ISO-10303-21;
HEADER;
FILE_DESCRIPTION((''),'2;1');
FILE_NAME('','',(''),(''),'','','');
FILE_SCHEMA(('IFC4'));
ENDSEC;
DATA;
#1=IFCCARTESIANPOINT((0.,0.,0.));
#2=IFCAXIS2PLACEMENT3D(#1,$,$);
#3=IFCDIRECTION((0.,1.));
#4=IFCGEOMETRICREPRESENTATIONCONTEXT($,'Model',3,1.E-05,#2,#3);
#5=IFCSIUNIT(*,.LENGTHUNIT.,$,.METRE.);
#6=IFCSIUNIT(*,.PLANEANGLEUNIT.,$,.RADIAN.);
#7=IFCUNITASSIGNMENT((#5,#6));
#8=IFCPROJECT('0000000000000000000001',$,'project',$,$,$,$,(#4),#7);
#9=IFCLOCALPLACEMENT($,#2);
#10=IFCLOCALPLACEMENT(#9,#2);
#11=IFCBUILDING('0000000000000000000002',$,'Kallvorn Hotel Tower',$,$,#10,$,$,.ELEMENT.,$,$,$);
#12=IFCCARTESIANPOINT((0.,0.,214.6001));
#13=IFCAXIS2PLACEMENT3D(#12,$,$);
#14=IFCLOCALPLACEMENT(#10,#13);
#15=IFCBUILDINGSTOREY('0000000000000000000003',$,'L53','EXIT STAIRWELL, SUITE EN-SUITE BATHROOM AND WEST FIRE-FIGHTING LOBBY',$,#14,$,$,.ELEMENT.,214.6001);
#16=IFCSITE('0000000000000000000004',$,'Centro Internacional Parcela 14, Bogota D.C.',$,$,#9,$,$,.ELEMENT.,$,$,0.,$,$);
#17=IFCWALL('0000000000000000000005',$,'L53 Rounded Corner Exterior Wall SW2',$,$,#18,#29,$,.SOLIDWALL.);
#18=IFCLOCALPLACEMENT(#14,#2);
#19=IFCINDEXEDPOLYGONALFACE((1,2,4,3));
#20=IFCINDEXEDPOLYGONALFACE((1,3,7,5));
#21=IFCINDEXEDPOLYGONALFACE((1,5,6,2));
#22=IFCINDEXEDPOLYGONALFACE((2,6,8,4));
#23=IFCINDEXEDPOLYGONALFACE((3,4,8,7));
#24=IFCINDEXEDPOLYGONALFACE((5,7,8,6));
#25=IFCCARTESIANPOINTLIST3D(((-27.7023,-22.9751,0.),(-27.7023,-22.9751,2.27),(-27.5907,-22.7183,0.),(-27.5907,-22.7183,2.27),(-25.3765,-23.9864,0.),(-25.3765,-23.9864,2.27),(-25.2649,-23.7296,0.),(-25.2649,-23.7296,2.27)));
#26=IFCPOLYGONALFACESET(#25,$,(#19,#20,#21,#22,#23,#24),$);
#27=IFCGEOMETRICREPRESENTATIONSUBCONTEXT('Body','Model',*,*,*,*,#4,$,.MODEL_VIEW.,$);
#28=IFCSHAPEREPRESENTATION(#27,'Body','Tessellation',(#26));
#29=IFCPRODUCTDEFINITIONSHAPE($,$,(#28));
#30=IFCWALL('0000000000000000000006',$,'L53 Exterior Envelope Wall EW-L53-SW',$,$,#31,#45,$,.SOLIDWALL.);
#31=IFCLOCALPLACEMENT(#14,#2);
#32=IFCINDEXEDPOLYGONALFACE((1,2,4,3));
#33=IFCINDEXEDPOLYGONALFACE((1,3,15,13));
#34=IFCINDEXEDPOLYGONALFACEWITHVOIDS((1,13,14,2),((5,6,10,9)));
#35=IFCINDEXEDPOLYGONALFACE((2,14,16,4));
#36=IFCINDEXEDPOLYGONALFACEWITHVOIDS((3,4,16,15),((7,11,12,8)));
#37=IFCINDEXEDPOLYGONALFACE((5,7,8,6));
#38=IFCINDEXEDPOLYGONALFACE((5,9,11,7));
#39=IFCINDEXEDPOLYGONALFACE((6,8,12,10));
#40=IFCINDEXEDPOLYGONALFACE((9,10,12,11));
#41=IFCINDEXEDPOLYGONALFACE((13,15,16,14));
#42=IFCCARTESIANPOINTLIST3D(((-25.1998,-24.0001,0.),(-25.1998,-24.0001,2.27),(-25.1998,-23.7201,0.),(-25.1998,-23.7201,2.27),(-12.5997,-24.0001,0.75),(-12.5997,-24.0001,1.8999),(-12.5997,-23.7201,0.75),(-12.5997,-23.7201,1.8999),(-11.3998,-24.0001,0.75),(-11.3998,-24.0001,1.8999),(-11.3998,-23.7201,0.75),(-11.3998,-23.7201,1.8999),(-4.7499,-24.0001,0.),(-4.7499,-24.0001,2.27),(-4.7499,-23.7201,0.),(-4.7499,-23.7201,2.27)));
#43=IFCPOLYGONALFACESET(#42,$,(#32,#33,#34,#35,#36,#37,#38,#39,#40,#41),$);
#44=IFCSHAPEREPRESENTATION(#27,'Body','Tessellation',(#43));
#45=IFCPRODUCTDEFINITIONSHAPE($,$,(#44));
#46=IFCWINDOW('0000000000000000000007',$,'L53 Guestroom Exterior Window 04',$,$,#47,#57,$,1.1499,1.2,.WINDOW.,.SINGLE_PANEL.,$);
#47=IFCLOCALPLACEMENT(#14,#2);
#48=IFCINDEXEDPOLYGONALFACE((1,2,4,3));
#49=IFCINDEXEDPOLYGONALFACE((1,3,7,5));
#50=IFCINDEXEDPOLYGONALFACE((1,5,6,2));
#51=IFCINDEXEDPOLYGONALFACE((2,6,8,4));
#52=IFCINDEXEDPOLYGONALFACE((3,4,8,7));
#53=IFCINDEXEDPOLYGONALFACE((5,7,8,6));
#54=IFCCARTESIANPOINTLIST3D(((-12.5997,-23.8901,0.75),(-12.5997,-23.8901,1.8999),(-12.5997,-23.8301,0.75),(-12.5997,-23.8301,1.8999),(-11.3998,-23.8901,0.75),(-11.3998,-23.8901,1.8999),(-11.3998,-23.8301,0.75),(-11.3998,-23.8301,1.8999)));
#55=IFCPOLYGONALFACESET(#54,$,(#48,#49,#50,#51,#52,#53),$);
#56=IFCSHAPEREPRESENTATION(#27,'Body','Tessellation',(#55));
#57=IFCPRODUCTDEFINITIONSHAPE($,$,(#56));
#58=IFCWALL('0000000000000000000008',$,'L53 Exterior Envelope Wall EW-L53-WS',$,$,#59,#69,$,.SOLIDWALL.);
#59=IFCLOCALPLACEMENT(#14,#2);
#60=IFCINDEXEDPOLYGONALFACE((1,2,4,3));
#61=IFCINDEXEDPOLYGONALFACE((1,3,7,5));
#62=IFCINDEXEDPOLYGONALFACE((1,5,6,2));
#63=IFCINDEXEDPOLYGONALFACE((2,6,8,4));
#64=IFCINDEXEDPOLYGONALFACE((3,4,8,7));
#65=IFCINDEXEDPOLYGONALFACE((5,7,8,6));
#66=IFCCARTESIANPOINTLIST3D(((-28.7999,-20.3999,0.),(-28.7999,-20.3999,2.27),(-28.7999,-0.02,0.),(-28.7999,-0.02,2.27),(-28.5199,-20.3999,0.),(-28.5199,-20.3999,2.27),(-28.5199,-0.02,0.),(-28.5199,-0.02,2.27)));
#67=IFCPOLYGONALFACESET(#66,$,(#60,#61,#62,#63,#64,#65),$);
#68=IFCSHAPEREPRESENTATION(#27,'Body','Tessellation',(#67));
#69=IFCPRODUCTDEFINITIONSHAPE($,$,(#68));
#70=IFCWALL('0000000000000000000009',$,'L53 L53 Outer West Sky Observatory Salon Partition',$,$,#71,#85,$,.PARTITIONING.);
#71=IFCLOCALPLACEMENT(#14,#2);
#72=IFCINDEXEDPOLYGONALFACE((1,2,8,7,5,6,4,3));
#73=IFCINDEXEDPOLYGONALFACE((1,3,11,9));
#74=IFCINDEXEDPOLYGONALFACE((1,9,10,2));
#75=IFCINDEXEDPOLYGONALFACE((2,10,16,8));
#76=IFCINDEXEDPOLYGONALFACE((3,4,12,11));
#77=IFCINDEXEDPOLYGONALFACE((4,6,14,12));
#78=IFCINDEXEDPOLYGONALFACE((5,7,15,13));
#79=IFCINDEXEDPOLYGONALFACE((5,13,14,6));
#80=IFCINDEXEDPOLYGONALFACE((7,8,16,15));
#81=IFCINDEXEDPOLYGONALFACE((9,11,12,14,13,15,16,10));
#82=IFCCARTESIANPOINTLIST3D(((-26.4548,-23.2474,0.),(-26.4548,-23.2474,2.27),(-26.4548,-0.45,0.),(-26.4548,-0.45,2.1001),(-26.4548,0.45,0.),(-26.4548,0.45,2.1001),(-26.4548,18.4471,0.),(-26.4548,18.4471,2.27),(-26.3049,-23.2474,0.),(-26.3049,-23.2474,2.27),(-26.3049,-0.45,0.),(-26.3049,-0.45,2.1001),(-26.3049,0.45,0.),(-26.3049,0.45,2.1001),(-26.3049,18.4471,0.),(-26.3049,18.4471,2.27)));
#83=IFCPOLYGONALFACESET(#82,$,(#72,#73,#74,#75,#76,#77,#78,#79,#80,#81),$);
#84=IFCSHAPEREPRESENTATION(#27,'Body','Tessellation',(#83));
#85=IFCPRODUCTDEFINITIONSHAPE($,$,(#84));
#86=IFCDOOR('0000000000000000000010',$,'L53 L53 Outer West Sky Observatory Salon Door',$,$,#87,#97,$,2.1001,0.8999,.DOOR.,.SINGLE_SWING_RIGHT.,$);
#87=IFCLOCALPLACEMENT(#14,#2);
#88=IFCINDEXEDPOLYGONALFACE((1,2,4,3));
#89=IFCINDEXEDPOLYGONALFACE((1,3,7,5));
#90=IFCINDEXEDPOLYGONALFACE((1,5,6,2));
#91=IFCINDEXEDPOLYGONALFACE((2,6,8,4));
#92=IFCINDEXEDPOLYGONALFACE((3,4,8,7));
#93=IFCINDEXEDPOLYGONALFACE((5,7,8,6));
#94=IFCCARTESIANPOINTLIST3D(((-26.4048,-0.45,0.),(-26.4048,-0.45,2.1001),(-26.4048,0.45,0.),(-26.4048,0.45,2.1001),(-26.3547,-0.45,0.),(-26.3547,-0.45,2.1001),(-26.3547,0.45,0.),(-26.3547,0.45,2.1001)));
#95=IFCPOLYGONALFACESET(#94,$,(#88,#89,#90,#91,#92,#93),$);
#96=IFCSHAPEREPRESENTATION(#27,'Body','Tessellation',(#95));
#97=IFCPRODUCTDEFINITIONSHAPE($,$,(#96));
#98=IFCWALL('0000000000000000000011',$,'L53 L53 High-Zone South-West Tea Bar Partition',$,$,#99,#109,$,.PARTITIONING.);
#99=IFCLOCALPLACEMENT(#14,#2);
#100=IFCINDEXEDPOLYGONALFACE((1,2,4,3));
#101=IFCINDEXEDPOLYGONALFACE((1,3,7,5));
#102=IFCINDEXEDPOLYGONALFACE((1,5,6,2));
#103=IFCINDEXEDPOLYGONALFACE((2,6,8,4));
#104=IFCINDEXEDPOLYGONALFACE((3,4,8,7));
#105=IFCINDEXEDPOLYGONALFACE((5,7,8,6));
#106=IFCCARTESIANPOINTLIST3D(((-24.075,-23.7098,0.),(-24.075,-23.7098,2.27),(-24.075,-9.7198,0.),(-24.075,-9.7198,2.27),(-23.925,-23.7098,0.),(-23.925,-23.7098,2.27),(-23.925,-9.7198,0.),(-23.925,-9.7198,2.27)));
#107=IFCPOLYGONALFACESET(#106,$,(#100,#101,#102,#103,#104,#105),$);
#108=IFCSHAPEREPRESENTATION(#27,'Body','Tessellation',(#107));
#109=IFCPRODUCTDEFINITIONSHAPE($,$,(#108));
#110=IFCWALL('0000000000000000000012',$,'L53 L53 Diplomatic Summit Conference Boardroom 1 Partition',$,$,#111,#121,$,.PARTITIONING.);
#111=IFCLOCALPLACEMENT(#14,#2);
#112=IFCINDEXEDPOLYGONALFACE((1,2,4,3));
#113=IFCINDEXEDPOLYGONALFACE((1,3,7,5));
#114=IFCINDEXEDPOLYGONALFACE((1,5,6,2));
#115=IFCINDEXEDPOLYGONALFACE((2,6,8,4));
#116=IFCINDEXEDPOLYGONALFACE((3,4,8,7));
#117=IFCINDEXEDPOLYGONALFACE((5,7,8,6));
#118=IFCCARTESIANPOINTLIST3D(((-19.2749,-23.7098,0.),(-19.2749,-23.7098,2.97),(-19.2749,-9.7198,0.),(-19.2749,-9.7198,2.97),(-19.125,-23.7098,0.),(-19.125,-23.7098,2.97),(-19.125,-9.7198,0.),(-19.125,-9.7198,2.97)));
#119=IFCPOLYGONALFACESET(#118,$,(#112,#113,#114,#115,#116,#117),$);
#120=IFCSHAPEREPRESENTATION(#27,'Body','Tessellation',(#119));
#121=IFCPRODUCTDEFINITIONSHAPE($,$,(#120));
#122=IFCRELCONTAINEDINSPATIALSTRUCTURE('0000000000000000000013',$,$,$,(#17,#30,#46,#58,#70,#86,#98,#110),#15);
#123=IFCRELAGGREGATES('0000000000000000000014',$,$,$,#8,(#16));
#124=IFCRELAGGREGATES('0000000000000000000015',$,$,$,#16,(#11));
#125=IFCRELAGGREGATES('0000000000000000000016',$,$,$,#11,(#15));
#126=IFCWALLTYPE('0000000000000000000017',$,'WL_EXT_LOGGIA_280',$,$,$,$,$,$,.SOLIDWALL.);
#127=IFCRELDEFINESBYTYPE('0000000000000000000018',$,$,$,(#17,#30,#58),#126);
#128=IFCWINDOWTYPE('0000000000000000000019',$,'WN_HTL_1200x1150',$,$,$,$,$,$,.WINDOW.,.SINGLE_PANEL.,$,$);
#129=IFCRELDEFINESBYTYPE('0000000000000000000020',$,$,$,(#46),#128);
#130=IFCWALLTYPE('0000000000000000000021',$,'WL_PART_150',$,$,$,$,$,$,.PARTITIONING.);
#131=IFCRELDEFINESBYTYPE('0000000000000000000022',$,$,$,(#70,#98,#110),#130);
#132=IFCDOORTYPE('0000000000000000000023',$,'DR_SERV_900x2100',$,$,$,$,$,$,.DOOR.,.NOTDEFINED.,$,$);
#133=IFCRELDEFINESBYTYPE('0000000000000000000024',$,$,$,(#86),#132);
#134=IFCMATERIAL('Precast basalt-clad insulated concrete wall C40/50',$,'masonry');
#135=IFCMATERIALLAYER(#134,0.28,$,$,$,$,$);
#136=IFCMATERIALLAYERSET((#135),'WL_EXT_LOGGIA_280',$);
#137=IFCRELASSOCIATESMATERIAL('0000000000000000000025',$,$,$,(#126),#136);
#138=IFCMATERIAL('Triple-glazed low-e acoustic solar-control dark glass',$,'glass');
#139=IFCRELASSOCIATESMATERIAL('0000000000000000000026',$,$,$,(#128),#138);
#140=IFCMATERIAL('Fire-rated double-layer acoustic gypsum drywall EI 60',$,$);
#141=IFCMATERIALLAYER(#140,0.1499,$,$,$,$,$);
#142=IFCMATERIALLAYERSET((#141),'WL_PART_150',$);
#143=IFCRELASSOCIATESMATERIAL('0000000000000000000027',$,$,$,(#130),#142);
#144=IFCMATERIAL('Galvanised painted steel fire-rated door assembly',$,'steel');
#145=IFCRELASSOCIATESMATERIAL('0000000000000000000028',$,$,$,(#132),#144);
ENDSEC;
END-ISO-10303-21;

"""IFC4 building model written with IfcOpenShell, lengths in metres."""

from ifc_helpers import new_model, si_unit, direction, frame, frame_2d, origin, place, context, subcontext, project, spatial, rectangle, extrude, material, layer, layer_set, type_object, element, fill, save


model = new_model("IFC4")

# Units and contexts
model_context = context("Model", 3, precision=1e-05, world=origin(), true_north=direction((0.0, 1.0)))
body_context = subcontext(model_context, "Body", "Model", "MODEL_VIEW")
ifc_project = project(units=[si_unit("LENGTHUNIT", "METRE"), si_unit("PLANEANGLEUNIT", "RADIAN")], contexts=[model_context])

# Site, building, storey
site_placement = place(None, origin())
site = spatial("IfcSite", under=ifc_project, at=site_placement, Name="Centro Internacional Parcela 14, Bogota D.C.", CompositionType="ELEMENT", RefElevation=0.0)
building_placement = place(site_placement, origin())
building = spatial("IfcBuilding", under=site, at=building_placement, Name="Kallvorn Hotel Tower", CompositionType="ELEMENT")
storey_placement = place(building_placement, frame((0.0, 0.0, 214.6001)))
storey = spatial("IfcBuildingStorey", under=building, at=storey_placement, Name="L53", Description="EXIT STAIRWELL, SUITE EN-SUITE BATHROOM AND WEST FIRE-FIGHTING LOBBY", CompositionType="ELEMENT", Elevation=214.6001)

# Wall
ifc_material_1 = material(Name="Precast basalt-clad insulated concrete wall C40/50", Category="masonry")
ifc_layer_1 = layer(ifc_material_1, 0.28)
ifc_layer_set_1 = layer_set([ifc_layer_1], Name="WL_EXT_LOGGIA_280")
wall_type_1 = type_object("IfcWallType", Name="WL_EXT_LOGGIA_280", PredefinedType="SOLIDWALL", material=ifc_layer_set_1)
wall_1_placement = place(storey_placement, frame((-27.6465, -22.8467, 0.0), z_axis=(0.0, 0.0, 1.0), x_axis=(0.917061, -0.398747, 0.0)))
element("IfcWall", 1, at=wall_1_placement, inside=storey, type_object=wall_type_1, Name="L53 Rounded Corner Exterior Wall SW2", PredefinedType="SOLIDWALL", context=body_context, shape_type="SweptSolid", body=[
    extrude(rectangle(XDim=2.5361, YDim=0.28, at=frame_2d((1.2681, 0.0))), origin(), (0.0, 0.0, 1.0), 2.27),
])

# Wall, opening, window
wall_2_placement = place(storey_placement, frame((-25.2, -23.8601, 0.0), z_axis=(0.0, 0.0, 1.0), x_axis=(1.0, 0.0, 0.0)))
wall_2 = element("IfcWall", 2, at=wall_2_placement, inside=storey, type_object=wall_type_1, Name="L53 Exterior Envelope Wall EW-L53-SW", PredefinedType="SOLIDWALL", context=body_context, shape_type="SweptSolid", body=[
    extrude(rectangle(XDim=20.45, YDim=0.28, at=frame_2d((10.2251, 0.0))), origin(), (0.0, 0.0, 1.0), 2.27),
])
opening_1_placement = place(wall_2_placement, frame((12.6001, 0.0, 0.75)))
opening_1 = element("IfcOpeningElement", 3, at=opening_1_placement, cuts=wall_2, PredefinedType="OPENING", context=body_context, shape_type="SweptSolid", body=[
    extrude(rectangle(XDim=1.2, YDim=1.1499, at=frame_2d((0.6001, 0.575))), frame((0.0, 0.155, 0.0), z_axis=(0.0, -1.0, 0.0), x_axis=(1.0, 0.0, 0.0)), (0.0, 0.0, 1.0), 0.3101),
])
ifc_material_2 = material(Name="Triple-glazed low-e acoustic solar-control dark glass", Category="glass")
window_type = type_object("IfcWindowType", Name="WN_HTL_1200x1150", PartitioningType="SINGLE_PANEL", PredefinedType="WINDOW", material=ifc_material_2)
window_placement = place(opening_1_placement, origin())
window = element("IfcWindow", 4, at=window_placement, inside=storey, type_object=window_type, Name="L53 Guestroom Exterior Window 04", OverallHeight=1.1499, OverallWidth=1.2, PartitioningType="SINGLE_PANEL", PredefinedType="WINDOW", context=body_context, shape_type="SweptSolid", body=[
    extrude(rectangle(XDim=1.2, YDim=1.1499, at=frame_2d((0.6001, 0.575))), frame((0.0, 0.03, 0.0), z_axis=(0.0, -1.0, 0.0), x_axis=(1.0, 0.0, 0.0)), (0.0, 0.0, 1.0), 0.0601),
])
fill(opening_1, window)

# Wall
wall_3_placement = place(storey_placement, frame((-28.6599, -20.3999, 0.0), z_axis=(0.0, 0.0, 1.0), x_axis=(0.0, 1.0, 0.0)))
element("IfcWall", 5, at=wall_3_placement, inside=storey, type_object=wall_type_1, Name="L53 Exterior Envelope Wall EW-L53-WS", PredefinedType="SOLIDWALL", context=body_context, shape_type="SweptSolid", body=[
    extrude(rectangle(XDim=20.3799, YDim=0.28, at=frame_2d((10.1899, 0.0))), origin(), (0.0, 0.0, 1.0), 2.27),
])

# Wall, opening, door
ifc_material_3 = material(Name="Fire-rated double-layer acoustic gypsum drywall EI 60")
ifc_layer_2 = layer(ifc_material_3, 0.1499)
ifc_layer_set_2 = layer_set([ifc_layer_2], Name="WL_PART_150")
wall_type_2 = type_object("IfcWallType", Name="WL_PART_150", PredefinedType="PARTITIONING", material=ifc_layer_set_2)
wall_4_placement = place(storey_placement, frame((-26.3799, -23.2473, 0.0), z_axis=(0.0, 0.0, 1.0), x_axis=(0.0, 1.0, 0.0)))
wall_4 = element("IfcWall", 6, at=wall_4_placement, inside=storey, type_object=wall_type_2, Name="L53 L53 Outer West Sky Observatory Salon Partition", PredefinedType="PARTITIONING", context=body_context, shape_type="SweptSolid", body=[
    extrude(rectangle(XDim=41.6946, YDim=0.1499, at=frame_2d((20.8472, 0.0))), origin(), (0.0, 0.0, 1.0), 2.27),
])
opening_2_placement = place(wall_4_placement, frame((22.7974, 0.0, 0.0)))
opening_2 = element("IfcOpeningElement", 7, at=opening_2_placement, cuts=wall_4, PredefinedType="OPENING", context=body_context, shape_type="SweptSolid", body=[
    extrude(rectangle(XDim=0.8999, YDim=2.1001, at=frame_2d((0.45, 1.05))), frame((0.0, 0.0898, 0.0), z_axis=(0.0, -1.0, 0.0), x_axis=(1.0, 0.0, 0.0)), (0.0, 0.0, 1.0), 0.1799),
])
ifc_material_4 = material(Name="Galvanised painted steel fire-rated door assembly", Category="steel")
door_type = type_object("IfcDoorType", Name="DR_SERV_900x2100", OperationType="NOTDEFINED", PredefinedType="DOOR", material=ifc_material_4)
door_placement = place(opening_2_placement, origin())
door = element("IfcDoor", 8, at=door_placement, inside=storey, type_object=door_type, Name="L53 L53 Outer West Sky Observatory Salon Door", OperationType="SINGLE_SWING_RIGHT", OverallHeight=2.1001, OverallWidth=0.8999, PredefinedType="DOOR", context=body_context, shape_type="SweptSolid", body=[
    extrude(rectangle(XDim=0.8999, YDim=2.1001, at=frame_2d((0.45, 1.05))), frame((0.0, 0.0249, 0.0), z_axis=(0.0, -1.0, 0.0), x_axis=(1.0, 0.0, 0.0)), (0.0, 0.0, 1.0), 0.05),
])
fill(opening_2, door)

# Walls
wall_5_placement = place(storey_placement, frame((-24.0, -23.71, 0.0), z_axis=(0.0, 0.0, 1.0), x_axis=(0.0, 1.0, 0.0)))
element("IfcWall", 9, at=wall_5_placement, inside=storey, type_object=wall_type_2, Name="L53 L53 High-Zone South-West Tea Bar Partition", PredefinedType="PARTITIONING", context=body_context, shape_type="SweptSolid", body=[
    extrude(rectangle(XDim=13.99, YDim=0.1499, at=frame_2d((6.9951, 0.0))), origin(), (0.0, 0.0, 1.0), 2.27),
])
wall_6_placement = place(storey_placement, frame((-19.2, -23.71, 0.0), z_axis=(0.0, 0.0, 1.0), x_axis=(0.0, 1.0, 0.0)))
element("IfcWall", 10, at=wall_6_placement, inside=storey, type_object=wall_type_2, Name="L53 L53 Diplomatic Summit Conference Boardroom 1 Partition", PredefinedType="PARTITIONING", context=body_context, shape_type="SweptSolid", body=[
    extrude(rectangle(XDim=13.99, YDim=0.1499, at=frame_2d((6.9951, 0.0))), origin(), (0.0, 0.0, 1.0), 2.97),
])

save(model, "model.ifc")
